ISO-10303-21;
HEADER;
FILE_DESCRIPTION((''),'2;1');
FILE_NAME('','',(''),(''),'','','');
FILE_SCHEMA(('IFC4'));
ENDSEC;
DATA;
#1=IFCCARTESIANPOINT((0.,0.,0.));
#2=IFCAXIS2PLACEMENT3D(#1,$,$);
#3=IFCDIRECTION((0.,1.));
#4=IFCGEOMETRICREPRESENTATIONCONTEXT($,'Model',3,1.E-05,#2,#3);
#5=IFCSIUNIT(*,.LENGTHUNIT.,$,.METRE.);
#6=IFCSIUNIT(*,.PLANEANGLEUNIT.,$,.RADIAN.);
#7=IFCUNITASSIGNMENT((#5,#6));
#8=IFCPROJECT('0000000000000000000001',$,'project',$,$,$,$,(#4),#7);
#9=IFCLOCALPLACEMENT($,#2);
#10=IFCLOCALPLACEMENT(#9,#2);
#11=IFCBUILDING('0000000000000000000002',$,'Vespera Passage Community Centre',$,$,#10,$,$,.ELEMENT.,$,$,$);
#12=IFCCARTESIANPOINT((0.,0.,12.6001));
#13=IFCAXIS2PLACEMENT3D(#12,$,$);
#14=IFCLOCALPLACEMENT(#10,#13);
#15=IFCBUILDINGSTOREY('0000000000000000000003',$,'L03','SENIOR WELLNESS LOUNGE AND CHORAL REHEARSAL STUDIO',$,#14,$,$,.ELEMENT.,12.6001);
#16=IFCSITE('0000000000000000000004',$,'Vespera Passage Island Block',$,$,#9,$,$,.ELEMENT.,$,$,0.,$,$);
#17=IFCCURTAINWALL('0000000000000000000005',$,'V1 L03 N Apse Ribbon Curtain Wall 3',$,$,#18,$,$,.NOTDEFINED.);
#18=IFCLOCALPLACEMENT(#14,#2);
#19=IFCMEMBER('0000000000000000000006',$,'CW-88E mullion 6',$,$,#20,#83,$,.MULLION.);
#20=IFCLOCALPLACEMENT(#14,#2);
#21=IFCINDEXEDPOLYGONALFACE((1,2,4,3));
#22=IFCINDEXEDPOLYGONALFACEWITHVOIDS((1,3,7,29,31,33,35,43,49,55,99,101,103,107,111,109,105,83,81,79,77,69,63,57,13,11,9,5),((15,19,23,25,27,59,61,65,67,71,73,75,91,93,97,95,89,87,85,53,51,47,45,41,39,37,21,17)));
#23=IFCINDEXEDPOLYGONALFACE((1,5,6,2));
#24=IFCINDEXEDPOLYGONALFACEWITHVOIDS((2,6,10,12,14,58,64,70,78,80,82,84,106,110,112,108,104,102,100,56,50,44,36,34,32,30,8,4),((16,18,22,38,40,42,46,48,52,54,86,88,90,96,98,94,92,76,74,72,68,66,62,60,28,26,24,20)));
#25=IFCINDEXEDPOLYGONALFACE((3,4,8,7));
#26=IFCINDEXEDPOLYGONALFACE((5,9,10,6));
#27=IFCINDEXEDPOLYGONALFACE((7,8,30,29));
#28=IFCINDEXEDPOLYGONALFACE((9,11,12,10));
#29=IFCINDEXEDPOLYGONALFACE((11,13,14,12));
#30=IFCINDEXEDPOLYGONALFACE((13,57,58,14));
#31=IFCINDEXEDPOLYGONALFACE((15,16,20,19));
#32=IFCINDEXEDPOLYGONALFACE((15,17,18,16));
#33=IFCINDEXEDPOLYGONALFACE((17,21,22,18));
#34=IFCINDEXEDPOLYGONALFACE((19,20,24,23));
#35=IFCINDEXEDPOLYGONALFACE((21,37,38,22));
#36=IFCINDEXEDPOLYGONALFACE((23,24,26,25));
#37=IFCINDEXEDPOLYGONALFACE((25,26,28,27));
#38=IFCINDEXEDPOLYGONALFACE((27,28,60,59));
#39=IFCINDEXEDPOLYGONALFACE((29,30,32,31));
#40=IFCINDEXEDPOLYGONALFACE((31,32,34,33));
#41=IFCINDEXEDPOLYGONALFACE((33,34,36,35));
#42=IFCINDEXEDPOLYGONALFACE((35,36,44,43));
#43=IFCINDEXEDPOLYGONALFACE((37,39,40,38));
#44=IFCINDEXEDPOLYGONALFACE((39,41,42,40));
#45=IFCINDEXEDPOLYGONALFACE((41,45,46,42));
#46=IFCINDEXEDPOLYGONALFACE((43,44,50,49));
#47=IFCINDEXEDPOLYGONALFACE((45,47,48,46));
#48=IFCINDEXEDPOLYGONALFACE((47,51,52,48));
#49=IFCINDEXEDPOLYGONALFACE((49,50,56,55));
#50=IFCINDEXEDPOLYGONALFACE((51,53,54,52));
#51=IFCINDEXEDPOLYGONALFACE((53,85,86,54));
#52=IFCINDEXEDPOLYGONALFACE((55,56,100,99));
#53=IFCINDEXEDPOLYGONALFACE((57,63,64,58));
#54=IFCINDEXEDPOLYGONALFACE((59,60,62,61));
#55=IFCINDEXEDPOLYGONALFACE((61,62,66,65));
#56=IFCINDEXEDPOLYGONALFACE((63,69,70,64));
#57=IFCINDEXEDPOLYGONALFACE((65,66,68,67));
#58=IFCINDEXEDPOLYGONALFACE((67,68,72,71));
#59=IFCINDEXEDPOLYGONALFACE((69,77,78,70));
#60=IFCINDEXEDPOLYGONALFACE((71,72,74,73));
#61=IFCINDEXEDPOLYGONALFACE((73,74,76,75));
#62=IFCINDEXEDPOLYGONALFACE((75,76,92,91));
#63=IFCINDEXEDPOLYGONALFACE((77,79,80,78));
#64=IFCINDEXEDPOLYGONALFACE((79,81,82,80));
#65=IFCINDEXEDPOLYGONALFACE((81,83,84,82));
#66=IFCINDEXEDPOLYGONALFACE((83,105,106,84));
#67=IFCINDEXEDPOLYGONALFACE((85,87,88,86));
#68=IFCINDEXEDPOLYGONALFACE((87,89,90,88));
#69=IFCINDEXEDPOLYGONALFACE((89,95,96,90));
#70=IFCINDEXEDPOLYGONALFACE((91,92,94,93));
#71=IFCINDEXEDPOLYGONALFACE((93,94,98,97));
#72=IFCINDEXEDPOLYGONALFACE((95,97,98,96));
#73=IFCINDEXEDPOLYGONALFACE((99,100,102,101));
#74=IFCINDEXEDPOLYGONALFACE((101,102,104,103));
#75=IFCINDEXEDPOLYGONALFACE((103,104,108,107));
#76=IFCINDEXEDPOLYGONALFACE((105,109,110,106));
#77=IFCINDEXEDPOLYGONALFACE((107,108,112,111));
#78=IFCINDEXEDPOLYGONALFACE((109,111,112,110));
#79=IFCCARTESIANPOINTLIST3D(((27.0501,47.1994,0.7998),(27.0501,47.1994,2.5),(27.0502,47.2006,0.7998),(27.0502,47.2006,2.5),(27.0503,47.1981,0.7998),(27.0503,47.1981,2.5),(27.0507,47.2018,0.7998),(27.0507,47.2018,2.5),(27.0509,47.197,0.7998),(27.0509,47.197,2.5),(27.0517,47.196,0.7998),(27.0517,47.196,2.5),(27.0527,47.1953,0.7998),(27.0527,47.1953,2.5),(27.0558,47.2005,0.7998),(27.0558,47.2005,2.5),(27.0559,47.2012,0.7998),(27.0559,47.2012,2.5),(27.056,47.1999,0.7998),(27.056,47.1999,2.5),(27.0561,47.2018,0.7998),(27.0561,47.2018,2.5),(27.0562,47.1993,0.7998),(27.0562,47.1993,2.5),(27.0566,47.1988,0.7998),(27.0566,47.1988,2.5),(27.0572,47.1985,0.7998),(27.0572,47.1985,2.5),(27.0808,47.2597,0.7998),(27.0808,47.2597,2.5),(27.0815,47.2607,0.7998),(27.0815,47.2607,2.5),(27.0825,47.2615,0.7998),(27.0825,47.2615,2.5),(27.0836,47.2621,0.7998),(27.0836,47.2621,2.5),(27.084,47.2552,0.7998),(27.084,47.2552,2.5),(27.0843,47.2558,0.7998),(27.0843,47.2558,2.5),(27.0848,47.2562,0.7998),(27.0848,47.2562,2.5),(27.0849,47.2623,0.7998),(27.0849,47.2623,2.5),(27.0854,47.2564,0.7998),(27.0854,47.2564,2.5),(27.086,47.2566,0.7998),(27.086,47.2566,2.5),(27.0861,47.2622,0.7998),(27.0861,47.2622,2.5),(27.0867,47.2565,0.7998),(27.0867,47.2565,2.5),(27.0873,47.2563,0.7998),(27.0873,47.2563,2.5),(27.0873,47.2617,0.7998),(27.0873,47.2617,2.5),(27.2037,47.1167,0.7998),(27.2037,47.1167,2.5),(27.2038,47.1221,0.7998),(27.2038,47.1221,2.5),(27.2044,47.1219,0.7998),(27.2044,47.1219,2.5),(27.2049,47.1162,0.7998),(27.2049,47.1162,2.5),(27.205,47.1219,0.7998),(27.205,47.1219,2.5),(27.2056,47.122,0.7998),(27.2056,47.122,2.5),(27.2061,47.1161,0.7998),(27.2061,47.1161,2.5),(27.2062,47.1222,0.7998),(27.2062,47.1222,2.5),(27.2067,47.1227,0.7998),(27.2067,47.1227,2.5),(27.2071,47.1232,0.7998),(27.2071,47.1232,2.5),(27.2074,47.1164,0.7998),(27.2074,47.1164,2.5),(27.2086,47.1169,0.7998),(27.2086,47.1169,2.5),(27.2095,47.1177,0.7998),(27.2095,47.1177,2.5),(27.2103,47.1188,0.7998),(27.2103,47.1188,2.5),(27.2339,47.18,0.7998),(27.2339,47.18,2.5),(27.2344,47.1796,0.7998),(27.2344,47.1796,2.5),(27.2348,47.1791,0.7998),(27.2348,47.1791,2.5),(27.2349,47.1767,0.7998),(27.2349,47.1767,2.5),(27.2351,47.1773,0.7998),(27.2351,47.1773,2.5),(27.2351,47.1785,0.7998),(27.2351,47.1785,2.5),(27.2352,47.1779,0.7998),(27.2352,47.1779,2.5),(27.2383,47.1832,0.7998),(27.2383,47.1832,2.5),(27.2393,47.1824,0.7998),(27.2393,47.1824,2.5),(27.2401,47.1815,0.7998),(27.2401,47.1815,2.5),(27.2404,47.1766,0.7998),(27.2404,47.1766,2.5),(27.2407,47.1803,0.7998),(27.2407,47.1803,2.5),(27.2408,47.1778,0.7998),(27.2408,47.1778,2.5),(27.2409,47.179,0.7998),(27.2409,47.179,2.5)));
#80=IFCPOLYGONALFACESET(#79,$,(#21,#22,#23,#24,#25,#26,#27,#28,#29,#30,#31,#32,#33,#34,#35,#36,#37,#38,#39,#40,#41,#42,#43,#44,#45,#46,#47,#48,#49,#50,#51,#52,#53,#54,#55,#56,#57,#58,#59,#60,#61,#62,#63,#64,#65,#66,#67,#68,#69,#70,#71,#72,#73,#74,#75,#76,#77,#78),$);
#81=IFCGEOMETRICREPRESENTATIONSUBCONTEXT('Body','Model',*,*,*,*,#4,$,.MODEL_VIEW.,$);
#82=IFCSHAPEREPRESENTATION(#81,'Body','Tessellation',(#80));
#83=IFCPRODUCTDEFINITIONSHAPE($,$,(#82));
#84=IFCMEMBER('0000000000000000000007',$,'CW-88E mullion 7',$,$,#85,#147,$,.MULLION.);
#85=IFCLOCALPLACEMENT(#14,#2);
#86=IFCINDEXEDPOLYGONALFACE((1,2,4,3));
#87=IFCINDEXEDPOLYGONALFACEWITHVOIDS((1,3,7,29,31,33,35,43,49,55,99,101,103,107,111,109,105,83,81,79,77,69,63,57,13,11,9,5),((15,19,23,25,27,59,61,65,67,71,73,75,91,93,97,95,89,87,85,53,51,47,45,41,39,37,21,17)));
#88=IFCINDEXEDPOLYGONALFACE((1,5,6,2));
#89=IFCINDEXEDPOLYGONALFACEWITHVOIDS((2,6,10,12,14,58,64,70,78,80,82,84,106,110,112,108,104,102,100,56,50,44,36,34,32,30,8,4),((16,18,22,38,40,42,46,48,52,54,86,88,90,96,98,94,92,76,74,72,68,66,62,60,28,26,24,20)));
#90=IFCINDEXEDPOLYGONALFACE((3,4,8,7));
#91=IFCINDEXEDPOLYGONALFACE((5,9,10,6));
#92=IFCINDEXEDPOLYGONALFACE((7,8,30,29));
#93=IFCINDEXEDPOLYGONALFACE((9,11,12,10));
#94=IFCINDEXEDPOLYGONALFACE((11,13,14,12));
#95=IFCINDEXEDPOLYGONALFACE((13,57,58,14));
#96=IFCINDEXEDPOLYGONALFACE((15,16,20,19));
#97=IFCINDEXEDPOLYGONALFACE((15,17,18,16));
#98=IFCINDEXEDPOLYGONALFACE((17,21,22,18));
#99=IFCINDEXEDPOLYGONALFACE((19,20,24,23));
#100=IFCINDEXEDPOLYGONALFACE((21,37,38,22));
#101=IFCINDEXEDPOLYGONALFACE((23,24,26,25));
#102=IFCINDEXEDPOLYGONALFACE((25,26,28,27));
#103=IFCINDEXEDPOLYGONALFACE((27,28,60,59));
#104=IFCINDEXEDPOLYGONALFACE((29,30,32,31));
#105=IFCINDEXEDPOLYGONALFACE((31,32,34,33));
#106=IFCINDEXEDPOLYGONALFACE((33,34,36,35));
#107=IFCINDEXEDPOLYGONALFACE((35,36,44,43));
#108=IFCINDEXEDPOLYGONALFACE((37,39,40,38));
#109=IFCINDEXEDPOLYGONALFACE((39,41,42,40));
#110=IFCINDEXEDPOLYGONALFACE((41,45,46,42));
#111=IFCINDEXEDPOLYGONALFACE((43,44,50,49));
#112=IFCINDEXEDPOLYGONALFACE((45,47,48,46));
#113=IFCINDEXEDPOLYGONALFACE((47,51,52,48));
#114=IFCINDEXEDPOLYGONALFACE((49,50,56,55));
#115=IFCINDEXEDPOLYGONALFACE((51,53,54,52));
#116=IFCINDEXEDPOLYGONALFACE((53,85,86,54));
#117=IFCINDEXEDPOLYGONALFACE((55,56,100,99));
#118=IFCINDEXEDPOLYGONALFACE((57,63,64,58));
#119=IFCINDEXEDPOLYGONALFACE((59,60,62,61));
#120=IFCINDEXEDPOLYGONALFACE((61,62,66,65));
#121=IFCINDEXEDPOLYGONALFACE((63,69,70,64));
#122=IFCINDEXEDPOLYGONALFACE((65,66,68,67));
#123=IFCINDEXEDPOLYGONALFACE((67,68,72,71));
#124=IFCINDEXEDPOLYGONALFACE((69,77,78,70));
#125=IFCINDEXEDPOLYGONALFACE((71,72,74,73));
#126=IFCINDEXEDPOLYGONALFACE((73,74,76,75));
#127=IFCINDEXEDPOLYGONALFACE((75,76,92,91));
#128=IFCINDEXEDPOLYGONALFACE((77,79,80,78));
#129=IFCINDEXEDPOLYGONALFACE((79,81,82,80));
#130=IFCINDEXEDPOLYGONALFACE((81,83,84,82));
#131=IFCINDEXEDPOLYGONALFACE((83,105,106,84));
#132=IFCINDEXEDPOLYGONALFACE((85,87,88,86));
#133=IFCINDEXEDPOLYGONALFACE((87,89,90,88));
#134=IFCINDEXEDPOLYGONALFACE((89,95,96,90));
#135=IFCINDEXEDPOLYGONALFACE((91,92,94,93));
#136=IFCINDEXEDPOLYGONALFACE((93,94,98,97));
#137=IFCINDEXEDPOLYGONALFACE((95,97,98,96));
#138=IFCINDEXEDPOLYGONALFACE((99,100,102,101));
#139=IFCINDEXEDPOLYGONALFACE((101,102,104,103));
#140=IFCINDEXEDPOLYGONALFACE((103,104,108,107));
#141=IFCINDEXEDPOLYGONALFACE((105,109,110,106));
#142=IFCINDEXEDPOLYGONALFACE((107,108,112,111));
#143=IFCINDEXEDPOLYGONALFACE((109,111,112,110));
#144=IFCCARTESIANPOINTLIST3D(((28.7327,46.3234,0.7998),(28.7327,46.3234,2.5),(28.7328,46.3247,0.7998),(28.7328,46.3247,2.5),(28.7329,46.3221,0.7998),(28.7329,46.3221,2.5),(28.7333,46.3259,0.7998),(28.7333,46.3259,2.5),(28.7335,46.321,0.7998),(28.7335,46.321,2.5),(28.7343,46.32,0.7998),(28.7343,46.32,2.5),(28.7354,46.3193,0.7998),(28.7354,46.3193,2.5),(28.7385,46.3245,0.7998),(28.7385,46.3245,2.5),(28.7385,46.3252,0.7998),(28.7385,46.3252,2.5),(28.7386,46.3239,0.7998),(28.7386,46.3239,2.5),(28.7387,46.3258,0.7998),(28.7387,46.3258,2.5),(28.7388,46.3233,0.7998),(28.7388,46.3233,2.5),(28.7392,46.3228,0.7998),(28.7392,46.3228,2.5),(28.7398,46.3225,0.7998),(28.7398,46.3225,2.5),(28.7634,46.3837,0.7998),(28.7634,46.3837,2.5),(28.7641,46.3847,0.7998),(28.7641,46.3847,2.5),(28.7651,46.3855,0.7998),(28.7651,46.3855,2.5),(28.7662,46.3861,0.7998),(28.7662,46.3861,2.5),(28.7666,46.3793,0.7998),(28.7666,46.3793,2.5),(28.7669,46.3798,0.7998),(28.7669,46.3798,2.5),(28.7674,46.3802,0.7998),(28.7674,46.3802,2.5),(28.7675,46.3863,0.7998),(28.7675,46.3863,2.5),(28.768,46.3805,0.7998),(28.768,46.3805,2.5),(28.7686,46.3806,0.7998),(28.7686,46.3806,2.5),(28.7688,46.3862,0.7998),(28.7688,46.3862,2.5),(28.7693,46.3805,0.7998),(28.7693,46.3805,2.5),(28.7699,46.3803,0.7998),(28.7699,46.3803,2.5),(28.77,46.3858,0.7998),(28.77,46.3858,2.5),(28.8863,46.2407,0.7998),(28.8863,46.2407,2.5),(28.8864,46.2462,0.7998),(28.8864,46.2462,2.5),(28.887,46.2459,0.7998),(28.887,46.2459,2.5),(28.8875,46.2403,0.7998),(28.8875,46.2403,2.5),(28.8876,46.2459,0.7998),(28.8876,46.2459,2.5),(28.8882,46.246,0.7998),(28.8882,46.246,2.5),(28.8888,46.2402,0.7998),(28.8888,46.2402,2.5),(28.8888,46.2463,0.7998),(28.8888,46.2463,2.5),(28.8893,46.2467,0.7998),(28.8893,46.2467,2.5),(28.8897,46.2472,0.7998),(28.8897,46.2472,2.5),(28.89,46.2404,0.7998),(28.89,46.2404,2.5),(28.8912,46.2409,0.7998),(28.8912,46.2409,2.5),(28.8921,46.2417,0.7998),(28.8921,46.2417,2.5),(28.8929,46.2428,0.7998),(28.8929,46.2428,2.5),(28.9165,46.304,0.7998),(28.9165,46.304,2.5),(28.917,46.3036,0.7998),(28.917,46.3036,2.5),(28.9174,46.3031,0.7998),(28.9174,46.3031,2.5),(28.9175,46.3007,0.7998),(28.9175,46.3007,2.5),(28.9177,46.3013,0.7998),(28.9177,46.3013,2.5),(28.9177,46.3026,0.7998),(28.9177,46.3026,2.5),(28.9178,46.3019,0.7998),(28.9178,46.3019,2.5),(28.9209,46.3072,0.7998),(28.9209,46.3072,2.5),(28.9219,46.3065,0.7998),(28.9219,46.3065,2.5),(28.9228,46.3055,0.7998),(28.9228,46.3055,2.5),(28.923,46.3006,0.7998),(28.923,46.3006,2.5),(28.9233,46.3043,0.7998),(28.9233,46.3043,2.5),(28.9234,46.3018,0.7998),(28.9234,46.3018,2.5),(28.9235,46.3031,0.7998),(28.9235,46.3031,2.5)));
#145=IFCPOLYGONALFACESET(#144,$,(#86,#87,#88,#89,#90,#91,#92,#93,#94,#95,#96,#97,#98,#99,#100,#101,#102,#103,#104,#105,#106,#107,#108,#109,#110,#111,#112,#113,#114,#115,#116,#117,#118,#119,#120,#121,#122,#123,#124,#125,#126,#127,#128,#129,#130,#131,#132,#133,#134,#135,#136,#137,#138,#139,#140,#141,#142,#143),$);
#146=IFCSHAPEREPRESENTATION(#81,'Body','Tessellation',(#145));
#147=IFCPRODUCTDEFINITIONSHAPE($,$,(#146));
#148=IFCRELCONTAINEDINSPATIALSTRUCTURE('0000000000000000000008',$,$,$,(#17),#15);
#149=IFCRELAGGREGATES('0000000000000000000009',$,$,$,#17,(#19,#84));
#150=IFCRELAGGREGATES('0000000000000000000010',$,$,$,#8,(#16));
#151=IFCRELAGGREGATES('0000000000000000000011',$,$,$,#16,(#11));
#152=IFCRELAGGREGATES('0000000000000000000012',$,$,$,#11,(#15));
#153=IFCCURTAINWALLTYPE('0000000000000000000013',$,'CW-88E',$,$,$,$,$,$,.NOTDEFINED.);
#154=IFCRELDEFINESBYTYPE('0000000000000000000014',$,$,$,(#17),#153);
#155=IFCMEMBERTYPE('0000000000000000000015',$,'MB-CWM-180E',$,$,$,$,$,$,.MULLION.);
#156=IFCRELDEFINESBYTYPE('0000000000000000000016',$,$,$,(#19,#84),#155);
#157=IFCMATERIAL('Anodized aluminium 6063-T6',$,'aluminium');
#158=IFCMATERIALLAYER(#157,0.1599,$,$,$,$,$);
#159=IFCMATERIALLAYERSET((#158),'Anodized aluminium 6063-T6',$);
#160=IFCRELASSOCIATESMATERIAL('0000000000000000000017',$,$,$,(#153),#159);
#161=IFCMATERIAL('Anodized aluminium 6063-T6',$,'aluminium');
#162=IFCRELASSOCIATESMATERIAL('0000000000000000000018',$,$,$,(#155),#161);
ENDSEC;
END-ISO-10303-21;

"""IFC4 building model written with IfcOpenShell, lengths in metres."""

from ifc_helpers import new_model, si_unit, direction, frame, origin, origin_2d, place, context, subcontext, project, spatial, hollow_rectangle, extrude, material, layer, layer_set, material_profile, profile_set, type_object, element, aggregate, save


model = new_model("IFC4")

# Units and contexts
model_context = context("Model", 3, precision=1e-05, world=origin(), true_north=direction((0.0, 1.0)))
body_context = subcontext(model_context, "Body", "Model", "MODEL_VIEW")
ifc_project = project(units=[si_unit("LENGTHUNIT", "METRE"), si_unit("PLANEANGLEUNIT", "RADIAN")], contexts=[model_context])

# Site, building, storey
site_placement = place(None, origin())
site = spatial("IfcSite", under=ifc_project, at=site_placement, Name="Vespera Passage Island Block", CompositionType="ELEMENT", RefElevation=0.0)
building_placement = place(site_placement, origin())
building = spatial("IfcBuilding", under=site, at=building_placement, Name="Vespera Passage Community Centre", CompositionType="ELEMENT")
storey_placement = place(building_placement, frame((0.0, 0.0, 12.6001)))
storey = spatial("IfcBuildingStorey", under=building, at=storey_placement, Name="L03", Description="SENIOR WELLNESS LOUNGE AND CHORAL REHEARSAL STUDIO", CompositionType="ELEMENT", Elevation=12.6001)

# Curtain wall, members
ifc_material_1 = material(Name="Anodized aluminium 6063-T6", Category="aluminium")
ifc_layer_1 = layer(ifc_material_1, 0.1599)
ifc_layer_set_1 = layer_set([ifc_layer_1], Name="Anodized aluminium 6063-T6")
curtain_wall_type = type_object("IfcCurtainWallType", Name="CW-88E", PredefinedType="NOTDEFINED", material=ifc_layer_set_1)
curtain_wall_placement = place(storey_placement, origin())
curtain_wall = element("IfcCurtainWall", 1, at=curtain_wall_placement, inside=storey, type_object=curtain_wall_type, Name="V1 L03 N Apse Ribbon Curtain Wall 3", PredefinedType="NOTDEFINED")
ifc_material_2 = material(Name="Anodized aluminium 6063-T6", Category="aluminium")
ifc_material_profile_1 = material_profile(ifc_material_2, hollow_rectangle(XDim=0.075, YDim=0.1799, WallThickness=0.0049, InnerFilletRadius=0.0024, OuterFilletRadius=0.0049, at=origin_2d()), Name="ALU180X75X5")
ifc_profile_set_1 = profile_set([ifc_material_profile_1], Name="Anodized aluminium 6063-T6")
member_type_1 = type_object("IfcMemberType", Name="MB-CWM-180E", PredefinedType="MULLION", material=ifc_profile_set_1)
member_1_placement = place(storey_placement, frame((27.1455, 47.1892, 0.7998), z_axis=(0.0, 0.0, 1.0), x_axis=(0.461745, 0.887013, 0.0)))
member_1 = element("IfcMember", 2, at=member_1_placement, type_object=member_type_1, Name="CW-88E mullion 6", PredefinedType="MULLION", context=body_context, shape_type="SweptSolid", body=[
    extrude(hollow_rectangle(XDim=0.075, YDim=0.1799, WallThickness=0.0049, InnerFilletRadius=0.0024, OuterFilletRadius=0.0049, at=origin_2d()), origin(), (0.0, 0.0, 1.0), 1.7002),
])
member_2_placement = place(storey_placement, frame((28.8281, 46.3132, 0.7998), z_axis=(0.0, 0.0, 1.0), x_axis=(0.461745, 0.887013, 0.0)))
member_2 = element("IfcMember", 3, at=member_2_placement, type_object=member_type_1, Name="CW-88E mullion 7", PredefinedType="MULLION", context=body_context, shape_type="SweptSolid", body=[
    extrude(hollow_rectangle(XDim=0.075, YDim=0.1799, WallThickness=0.0049, InnerFilletRadius=0.0024, OuterFilletRadius=0.0049, at=origin_2d()), origin(), (0.0, 0.0, 1.0), 1.7002),
])
aggregate(curtain_wall, [member_1, member_2])

save(model, "model.ifc")
